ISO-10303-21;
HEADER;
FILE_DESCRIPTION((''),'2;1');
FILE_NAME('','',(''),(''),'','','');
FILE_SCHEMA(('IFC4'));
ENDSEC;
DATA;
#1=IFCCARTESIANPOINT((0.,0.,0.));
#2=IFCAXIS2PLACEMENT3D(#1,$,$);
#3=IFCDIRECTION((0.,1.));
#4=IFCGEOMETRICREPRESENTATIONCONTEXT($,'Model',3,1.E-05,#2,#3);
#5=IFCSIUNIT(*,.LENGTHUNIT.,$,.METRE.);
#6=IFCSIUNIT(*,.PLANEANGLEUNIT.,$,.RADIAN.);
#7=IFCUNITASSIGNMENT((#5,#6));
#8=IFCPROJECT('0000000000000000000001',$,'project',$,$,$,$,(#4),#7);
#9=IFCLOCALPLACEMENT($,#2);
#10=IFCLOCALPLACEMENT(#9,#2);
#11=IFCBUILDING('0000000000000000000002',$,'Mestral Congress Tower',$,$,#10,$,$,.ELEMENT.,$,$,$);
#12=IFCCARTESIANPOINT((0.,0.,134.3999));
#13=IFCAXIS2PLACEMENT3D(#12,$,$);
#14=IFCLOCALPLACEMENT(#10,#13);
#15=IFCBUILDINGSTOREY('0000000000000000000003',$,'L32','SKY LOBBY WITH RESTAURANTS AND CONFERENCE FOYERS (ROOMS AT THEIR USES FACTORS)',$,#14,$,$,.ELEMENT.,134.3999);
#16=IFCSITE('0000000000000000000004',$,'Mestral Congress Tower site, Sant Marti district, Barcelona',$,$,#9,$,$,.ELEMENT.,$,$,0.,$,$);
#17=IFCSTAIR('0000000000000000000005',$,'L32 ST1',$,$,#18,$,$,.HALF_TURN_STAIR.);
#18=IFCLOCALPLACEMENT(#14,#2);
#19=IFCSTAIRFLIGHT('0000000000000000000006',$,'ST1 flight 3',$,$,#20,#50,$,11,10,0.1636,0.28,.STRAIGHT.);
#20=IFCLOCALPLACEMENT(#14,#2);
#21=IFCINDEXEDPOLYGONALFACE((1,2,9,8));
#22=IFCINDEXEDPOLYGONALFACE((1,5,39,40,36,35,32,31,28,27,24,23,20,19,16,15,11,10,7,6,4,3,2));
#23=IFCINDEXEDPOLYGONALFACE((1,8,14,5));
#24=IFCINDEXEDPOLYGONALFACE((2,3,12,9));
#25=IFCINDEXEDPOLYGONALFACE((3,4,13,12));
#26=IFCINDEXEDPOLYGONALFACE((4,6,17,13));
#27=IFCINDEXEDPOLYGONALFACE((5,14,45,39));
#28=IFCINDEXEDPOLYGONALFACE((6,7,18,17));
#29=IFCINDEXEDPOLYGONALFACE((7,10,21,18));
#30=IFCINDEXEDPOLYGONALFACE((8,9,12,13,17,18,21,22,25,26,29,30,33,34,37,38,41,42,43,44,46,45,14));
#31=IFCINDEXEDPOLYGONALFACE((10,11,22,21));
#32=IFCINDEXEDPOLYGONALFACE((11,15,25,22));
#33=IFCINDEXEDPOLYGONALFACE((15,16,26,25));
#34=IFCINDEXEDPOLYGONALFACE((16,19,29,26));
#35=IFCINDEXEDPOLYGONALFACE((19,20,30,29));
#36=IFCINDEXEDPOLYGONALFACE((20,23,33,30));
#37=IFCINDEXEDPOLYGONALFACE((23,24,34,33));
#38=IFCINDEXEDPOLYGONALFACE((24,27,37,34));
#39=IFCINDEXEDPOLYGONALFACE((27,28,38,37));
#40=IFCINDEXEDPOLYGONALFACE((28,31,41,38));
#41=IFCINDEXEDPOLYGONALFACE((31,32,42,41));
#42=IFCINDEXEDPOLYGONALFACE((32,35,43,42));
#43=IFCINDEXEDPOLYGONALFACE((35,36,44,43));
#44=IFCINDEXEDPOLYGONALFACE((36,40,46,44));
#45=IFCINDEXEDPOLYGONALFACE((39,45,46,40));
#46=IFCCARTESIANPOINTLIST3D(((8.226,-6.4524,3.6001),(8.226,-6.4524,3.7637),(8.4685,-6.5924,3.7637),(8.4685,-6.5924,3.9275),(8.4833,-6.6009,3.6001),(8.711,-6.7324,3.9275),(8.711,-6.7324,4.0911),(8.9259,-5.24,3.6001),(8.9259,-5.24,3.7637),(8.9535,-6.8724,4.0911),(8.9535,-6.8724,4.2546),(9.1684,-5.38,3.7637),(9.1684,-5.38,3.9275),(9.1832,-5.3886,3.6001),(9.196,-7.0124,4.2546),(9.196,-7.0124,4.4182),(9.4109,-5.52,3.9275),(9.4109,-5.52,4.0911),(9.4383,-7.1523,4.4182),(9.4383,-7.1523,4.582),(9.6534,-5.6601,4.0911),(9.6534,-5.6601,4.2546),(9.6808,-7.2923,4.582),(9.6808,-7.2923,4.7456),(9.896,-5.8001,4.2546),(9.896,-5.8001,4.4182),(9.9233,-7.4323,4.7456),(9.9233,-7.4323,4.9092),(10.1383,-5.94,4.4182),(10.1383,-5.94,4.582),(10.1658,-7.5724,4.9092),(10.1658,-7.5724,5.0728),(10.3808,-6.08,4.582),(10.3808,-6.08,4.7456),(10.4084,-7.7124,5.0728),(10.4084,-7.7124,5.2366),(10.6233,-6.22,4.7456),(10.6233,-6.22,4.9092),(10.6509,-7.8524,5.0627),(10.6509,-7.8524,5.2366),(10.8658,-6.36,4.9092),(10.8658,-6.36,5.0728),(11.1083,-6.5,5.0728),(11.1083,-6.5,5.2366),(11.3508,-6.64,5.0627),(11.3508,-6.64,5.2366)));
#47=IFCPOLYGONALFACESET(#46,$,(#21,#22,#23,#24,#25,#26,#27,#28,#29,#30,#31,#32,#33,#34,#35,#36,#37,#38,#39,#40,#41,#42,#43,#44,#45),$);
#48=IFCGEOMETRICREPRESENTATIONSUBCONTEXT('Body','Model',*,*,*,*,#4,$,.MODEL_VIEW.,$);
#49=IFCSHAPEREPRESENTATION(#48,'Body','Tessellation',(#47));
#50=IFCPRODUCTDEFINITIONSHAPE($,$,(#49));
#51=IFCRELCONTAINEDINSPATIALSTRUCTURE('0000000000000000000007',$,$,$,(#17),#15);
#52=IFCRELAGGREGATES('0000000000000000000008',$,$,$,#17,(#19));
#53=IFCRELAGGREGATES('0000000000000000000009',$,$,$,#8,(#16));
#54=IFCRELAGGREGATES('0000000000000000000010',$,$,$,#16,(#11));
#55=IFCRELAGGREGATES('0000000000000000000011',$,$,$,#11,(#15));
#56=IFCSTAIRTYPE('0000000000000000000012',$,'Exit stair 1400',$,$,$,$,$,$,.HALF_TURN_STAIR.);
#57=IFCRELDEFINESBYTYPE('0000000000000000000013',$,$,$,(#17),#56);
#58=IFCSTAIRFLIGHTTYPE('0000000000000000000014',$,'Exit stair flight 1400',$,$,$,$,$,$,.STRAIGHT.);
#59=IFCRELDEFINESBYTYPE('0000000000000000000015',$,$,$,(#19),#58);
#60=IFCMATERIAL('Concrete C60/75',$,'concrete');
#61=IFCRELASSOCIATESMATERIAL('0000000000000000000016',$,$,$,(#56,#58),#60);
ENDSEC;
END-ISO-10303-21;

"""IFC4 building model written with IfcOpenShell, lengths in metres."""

from ifc_helpers import new_model, si_unit, direction, frame, origin, place, context, subcontext, project, spatial, polyline, outline, extrude, material, type_object, element, aggregate, save


model = new_model("IFC4")

# Units and contexts
model_context = context("Model", 3, precision=1e-05, world=origin(), true_north=direction((0.0, 1.0)))
body_context = subcontext(model_context, "Body", "Model", "MODEL_VIEW")
ifc_project = project(units=[si_unit("LENGTHUNIT", "METRE"), si_unit("PLANEANGLEUNIT", "RADIAN")], contexts=[model_context])

# Site, building, storey
site_placement = place(None, origin())
site = spatial("IfcSite", under=ifc_project, at=site_placement, Name="Mestral Congress Tower site, Sant Marti district, Barcelona", CompositionType="ELEMENT", RefElevation=0.0)
building_placement = place(site_placement, origin())
building = spatial("IfcBuilding", under=site, at=building_placement, Name="Mestral Congress Tower", CompositionType="ELEMENT")
storey_placement = place(building_placement, frame((0.0, 0.0, 134.3999)))
storey = spatial("IfcBuildingStorey", under=building, at=storey_placement, Name="L32", Description="SKY LOBBY WITH RESTAURANTS AND CONFERENCE FOYERS (ROOMS AT THEIR USES FACTORS)", CompositionType="ELEMENT", Elevation=134.3999)

# Shared definitions
ifc_material_1 = material(Name="Concrete C60/75", Category="concrete")

# Stair, stair flight
stair_type = type_object("IfcStairType", Name="Exit stair 1400", PredefinedType="HALF_TURN_STAIR", material=ifc_material_1)
stair_placement = place(storey_placement, origin())
stair = element("IfcStair", 1, at=stair_placement, inside=storey, type_object=stair_type, Name="L32 ST1", PredefinedType="HALF_TURN_STAIR")
stair_flight_type = type_object("IfcStairFlightType", Name="Exit stair flight 1400", PredefinedType="STRAIGHT", material=ifc_material_1)
stair_flight_1_placement = place(storey_placement, frame((8.5759, -5.8462, 3.6001), z_axis=(0.0, 0.0, 1.0), x_axis=(0.866025, -0.5, 0.0)))
stair_flight_1 = element("IfcStairFlight", 2, at=stair_flight_1_placement, type_object=stair_flight_type, Name="ST1 flight 3", NumberOfRisers=11, NumberOfTreads=10, PredefinedType="STRAIGHT", RiserHeight=0.1636, TreadLength=0.28, context=body_context, shape_type="SweptSolid", body=[
    extrude(outline(polyline([(0.0, 0.0), (0.0, 0.1636), (0.28, 0.1636), (0.28, 0.3274), (0.5601, 0.3274), (0.5601, 0.491), (0.8401, 0.491), (0.8401, 0.6545), (1.1201, 0.6545), (1.1201, 0.8181), (1.3999, 0.8181), (1.3999, 0.9819), (1.6799, 0.9819), (1.6799, 1.1455), (1.96, 1.1455), (1.96, 1.3091), (2.24, 1.3091), (2.24, 1.4727), (2.52, 1.4727), (2.52, 1.6365), (2.8, 1.6365), (2.8, 1.8), (2.8, 1.4626), (0.2971, 0.0), (0.0, 0.0)])), frame((0.0, 0.7, 0.0), z_axis=(0.0, -1.0, 0.0), x_axis=(1.0, 0.0, 0.0)), (0.0, 0.0, 1.0), 1.3999),
])
aggregate(stair, [stair_flight_1])

save(model, "model.ifc")
